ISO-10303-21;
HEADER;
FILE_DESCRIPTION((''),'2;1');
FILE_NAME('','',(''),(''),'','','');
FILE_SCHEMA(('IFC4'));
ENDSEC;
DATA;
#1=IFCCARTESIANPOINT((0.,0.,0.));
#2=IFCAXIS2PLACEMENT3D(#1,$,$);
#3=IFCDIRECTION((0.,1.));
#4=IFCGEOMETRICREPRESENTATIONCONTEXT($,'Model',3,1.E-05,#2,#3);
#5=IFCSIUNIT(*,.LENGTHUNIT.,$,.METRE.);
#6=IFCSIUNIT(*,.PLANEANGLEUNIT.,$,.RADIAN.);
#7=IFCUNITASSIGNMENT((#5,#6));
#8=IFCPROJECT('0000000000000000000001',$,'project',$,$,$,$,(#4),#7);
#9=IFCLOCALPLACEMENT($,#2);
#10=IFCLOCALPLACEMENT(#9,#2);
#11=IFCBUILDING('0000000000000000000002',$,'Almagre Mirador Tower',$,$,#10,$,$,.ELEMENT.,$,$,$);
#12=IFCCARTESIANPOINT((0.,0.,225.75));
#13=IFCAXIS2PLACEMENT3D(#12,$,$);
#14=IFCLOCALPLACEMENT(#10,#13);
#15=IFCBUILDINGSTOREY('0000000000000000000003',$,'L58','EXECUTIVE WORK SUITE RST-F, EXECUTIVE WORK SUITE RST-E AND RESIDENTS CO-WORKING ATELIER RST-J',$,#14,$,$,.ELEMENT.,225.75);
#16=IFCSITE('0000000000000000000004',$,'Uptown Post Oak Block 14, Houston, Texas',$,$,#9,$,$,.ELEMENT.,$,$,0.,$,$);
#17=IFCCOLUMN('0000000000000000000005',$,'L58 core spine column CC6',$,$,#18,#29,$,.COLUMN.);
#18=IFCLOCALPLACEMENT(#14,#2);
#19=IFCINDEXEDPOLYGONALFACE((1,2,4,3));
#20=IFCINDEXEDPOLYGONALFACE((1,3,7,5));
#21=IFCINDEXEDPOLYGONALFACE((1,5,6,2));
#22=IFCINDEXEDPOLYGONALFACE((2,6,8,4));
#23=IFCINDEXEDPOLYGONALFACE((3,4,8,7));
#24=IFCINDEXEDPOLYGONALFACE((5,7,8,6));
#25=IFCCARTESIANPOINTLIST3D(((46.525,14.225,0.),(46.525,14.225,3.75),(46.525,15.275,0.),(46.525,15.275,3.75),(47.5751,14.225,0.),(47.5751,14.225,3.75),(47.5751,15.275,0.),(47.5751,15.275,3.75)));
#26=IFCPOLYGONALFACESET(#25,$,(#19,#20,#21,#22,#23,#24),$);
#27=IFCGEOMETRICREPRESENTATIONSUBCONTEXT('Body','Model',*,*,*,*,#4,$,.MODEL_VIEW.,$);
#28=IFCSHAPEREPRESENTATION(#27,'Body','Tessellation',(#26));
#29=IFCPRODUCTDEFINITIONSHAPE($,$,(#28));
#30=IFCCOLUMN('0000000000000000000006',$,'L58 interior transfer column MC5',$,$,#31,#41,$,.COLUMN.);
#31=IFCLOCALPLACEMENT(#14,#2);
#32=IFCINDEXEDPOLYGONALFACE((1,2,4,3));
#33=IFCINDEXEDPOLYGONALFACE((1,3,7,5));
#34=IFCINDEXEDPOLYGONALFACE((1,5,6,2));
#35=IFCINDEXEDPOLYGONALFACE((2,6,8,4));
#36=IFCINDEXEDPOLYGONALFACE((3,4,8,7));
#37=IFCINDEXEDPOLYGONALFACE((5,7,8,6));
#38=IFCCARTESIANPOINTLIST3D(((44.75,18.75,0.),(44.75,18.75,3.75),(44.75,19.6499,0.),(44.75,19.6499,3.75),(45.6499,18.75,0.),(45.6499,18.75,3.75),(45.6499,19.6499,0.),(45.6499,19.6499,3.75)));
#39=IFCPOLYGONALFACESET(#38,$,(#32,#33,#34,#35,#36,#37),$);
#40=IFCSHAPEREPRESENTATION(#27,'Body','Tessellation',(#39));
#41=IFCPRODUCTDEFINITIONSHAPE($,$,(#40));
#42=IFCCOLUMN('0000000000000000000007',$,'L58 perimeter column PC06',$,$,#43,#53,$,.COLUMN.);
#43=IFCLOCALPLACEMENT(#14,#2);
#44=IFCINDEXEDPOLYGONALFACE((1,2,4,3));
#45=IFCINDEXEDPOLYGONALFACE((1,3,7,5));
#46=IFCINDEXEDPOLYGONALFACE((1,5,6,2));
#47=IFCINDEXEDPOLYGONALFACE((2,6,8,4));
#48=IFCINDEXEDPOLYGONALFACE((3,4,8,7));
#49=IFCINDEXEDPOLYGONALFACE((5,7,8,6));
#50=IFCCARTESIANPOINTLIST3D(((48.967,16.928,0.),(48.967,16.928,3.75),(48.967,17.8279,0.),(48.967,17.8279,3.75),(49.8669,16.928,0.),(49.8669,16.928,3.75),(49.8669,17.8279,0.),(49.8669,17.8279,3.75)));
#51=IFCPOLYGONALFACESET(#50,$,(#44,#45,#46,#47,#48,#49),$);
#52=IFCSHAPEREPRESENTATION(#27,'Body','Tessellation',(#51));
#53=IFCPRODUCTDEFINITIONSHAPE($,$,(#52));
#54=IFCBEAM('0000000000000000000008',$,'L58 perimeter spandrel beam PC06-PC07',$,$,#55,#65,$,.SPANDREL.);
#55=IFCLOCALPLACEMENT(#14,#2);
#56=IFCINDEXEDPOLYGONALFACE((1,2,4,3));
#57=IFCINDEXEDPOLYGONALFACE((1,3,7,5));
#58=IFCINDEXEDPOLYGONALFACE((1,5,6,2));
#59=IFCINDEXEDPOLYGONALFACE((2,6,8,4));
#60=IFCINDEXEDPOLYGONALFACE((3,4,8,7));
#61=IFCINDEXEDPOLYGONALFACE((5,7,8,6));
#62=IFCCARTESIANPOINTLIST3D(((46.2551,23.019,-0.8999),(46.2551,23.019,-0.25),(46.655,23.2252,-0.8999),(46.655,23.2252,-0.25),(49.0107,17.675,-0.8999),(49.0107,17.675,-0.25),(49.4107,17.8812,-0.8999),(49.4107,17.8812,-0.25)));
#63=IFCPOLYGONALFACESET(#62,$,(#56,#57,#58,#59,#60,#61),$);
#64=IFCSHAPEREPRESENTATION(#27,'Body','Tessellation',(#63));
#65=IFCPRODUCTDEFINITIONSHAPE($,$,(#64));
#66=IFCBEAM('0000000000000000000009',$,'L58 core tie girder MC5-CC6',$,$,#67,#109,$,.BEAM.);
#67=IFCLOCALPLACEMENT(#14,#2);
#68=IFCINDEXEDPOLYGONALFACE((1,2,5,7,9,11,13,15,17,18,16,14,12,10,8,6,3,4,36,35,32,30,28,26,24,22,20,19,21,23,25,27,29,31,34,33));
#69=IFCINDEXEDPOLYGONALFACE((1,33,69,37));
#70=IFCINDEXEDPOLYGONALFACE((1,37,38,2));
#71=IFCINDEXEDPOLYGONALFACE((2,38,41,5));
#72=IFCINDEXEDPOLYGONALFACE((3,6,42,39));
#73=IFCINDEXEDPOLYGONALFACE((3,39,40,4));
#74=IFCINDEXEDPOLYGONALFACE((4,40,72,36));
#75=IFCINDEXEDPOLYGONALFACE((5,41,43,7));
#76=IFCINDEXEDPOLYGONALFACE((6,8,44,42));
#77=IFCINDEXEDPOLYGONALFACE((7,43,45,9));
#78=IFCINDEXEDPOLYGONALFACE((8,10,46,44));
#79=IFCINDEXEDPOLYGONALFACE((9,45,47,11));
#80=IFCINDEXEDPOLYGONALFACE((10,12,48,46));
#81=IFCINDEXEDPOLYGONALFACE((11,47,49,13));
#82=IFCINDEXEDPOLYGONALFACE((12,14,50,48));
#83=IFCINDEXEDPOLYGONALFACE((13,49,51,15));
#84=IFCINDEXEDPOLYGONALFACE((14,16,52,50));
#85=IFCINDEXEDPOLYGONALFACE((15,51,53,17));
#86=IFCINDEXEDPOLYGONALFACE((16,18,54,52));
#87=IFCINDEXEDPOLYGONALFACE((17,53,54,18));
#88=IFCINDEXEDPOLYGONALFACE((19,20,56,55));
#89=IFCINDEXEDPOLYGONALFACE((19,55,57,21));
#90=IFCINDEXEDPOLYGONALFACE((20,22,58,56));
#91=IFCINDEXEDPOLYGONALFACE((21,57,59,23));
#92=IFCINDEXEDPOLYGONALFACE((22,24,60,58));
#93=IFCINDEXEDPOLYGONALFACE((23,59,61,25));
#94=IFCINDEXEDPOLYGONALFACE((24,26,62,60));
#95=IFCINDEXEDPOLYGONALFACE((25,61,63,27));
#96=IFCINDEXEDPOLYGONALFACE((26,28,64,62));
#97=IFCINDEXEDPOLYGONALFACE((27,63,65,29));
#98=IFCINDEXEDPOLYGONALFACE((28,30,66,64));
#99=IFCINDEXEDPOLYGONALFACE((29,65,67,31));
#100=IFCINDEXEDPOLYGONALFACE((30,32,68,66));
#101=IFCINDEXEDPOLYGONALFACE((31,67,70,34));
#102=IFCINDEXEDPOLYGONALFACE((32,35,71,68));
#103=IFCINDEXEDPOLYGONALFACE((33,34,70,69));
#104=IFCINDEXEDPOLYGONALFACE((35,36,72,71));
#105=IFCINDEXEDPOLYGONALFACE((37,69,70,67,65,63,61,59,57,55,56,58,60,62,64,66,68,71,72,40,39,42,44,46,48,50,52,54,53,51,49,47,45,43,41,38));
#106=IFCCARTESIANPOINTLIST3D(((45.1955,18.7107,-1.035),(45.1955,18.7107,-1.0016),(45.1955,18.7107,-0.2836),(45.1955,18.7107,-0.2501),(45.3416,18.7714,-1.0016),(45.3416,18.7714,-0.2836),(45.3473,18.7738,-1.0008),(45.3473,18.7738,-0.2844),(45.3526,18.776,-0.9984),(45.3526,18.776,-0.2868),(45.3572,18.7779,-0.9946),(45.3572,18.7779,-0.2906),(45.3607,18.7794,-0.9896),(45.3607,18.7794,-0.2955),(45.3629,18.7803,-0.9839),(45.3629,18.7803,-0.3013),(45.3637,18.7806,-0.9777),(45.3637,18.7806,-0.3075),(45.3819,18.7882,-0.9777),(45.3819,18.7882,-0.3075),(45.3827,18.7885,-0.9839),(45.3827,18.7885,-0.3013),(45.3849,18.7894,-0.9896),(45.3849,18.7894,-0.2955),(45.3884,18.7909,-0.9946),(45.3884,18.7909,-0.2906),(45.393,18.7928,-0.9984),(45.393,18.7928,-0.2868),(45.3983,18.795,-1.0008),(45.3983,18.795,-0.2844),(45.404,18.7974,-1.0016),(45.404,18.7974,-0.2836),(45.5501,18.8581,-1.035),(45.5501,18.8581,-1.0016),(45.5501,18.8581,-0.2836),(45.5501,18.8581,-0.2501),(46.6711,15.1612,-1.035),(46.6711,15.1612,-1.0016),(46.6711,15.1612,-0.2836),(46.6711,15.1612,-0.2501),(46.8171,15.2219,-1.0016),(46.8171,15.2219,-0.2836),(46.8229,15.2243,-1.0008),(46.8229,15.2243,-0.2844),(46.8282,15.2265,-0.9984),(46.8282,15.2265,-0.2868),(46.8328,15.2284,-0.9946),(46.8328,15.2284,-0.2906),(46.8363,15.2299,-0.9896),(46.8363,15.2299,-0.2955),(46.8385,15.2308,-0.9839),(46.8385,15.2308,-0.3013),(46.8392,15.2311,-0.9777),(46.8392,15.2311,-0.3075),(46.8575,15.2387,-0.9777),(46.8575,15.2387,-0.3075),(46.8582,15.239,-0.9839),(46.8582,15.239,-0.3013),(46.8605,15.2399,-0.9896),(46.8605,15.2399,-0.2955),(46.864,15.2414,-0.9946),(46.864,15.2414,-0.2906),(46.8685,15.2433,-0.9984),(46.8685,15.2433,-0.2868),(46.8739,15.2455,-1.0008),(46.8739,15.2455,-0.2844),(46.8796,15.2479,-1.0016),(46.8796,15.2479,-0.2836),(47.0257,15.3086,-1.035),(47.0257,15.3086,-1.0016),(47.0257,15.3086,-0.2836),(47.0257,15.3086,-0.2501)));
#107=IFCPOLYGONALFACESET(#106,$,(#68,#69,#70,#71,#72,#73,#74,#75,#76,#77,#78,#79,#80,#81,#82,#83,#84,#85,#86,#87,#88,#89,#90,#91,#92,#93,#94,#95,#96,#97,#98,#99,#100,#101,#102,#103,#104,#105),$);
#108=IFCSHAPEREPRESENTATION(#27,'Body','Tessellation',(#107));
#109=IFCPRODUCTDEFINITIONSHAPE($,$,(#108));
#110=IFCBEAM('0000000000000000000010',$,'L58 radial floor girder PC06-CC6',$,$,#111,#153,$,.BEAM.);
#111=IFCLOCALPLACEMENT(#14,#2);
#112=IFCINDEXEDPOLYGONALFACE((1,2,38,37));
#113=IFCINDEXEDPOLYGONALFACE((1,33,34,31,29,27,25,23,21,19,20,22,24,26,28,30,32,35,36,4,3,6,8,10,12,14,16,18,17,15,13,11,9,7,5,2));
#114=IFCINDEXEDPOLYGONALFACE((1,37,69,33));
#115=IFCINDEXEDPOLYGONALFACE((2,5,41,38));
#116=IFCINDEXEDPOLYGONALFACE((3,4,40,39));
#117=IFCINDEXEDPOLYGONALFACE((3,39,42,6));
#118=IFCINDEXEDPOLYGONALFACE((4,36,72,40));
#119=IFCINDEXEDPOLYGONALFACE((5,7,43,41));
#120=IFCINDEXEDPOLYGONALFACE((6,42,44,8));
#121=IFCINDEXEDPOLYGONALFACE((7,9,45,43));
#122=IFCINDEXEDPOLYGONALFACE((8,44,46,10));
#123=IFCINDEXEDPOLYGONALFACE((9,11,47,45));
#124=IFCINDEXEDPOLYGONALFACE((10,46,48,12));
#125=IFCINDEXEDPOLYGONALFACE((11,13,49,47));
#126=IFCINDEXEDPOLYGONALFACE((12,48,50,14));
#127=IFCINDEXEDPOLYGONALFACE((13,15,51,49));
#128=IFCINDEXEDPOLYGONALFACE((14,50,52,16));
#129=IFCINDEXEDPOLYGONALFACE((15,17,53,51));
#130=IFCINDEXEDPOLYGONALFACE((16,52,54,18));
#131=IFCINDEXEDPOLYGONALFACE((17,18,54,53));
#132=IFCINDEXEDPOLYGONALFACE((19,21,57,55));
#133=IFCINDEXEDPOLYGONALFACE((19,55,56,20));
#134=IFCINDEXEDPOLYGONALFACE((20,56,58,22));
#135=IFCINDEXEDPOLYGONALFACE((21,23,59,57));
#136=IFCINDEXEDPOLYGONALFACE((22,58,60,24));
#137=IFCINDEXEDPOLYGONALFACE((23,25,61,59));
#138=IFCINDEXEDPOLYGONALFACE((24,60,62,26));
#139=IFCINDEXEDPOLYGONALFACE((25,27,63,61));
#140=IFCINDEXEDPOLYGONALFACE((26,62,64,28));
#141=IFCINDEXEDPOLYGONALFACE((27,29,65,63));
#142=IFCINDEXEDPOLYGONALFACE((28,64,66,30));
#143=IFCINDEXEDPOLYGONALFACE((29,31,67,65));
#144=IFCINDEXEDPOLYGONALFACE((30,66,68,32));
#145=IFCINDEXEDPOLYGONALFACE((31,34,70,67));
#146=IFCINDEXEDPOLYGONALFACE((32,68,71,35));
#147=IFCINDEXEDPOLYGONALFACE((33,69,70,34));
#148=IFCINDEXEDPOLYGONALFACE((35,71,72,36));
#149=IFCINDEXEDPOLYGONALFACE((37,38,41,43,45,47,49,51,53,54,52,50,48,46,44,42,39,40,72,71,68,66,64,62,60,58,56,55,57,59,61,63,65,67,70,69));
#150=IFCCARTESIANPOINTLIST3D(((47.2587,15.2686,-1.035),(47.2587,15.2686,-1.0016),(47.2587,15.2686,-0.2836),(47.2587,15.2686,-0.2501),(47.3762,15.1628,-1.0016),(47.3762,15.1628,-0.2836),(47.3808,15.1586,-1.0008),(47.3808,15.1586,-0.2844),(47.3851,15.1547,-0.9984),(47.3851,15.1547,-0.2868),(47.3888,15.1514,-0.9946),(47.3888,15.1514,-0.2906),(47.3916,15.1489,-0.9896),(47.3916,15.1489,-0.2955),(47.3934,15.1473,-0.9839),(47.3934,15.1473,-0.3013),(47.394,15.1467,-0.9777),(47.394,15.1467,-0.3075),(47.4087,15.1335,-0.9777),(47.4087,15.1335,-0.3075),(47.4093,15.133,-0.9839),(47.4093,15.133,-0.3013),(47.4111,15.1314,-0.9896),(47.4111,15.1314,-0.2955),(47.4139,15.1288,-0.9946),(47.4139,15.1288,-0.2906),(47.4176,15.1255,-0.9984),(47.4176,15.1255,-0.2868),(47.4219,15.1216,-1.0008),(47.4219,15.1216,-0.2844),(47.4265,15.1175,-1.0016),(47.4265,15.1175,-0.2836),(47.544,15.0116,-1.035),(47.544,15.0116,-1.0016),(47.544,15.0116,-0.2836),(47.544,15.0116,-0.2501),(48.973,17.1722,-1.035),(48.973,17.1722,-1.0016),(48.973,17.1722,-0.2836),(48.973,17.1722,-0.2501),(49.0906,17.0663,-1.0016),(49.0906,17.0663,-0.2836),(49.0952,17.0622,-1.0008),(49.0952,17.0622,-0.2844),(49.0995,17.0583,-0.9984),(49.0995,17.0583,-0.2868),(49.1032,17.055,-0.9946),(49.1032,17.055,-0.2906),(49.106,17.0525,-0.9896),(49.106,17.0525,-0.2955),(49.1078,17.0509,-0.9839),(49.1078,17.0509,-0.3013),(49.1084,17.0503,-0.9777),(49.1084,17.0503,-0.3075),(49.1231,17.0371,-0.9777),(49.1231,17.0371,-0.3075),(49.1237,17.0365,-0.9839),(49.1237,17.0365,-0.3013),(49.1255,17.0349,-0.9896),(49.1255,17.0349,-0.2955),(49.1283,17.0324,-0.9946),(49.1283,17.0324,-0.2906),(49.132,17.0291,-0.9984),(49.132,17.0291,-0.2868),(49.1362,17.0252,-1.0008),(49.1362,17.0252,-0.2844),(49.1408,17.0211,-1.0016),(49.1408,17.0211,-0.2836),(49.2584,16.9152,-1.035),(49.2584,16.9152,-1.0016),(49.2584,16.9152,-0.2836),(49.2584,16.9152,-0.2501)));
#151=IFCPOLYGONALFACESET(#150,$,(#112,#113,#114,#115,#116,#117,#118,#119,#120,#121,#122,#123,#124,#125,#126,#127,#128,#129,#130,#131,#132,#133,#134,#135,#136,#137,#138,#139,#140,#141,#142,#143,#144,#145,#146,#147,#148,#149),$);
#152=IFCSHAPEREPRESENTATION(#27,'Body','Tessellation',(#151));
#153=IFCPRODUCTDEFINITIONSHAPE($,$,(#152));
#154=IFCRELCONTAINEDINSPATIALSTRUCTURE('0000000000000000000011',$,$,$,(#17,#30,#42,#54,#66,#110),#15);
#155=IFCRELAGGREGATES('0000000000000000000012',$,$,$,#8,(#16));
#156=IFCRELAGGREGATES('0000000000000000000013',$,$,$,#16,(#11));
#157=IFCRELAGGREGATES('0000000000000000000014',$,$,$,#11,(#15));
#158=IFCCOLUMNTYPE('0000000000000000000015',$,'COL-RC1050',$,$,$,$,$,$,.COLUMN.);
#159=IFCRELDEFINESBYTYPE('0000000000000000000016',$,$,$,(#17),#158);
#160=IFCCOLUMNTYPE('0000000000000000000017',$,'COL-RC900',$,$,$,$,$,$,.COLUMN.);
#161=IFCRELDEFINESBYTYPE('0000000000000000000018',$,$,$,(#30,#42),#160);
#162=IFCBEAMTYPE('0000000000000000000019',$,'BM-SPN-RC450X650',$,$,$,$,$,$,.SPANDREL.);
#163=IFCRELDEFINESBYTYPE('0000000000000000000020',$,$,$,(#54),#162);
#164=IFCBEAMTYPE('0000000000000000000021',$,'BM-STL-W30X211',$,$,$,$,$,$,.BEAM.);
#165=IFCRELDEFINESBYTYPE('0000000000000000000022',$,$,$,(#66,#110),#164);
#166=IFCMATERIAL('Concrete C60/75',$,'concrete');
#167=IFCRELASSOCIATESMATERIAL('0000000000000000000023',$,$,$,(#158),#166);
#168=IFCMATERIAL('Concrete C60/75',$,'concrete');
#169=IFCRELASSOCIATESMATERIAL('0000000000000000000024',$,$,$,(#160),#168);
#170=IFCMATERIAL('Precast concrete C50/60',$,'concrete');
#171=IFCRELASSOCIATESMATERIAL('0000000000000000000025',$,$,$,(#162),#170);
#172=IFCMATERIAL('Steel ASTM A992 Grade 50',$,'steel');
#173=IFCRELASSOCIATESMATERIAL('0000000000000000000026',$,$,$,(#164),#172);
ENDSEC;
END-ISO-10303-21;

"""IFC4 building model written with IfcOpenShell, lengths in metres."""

from ifc_helpers import new_model, si_unit, direction, frame, origin, origin_2d, place, context, subcontext, project, spatial, rectangle, i_section, extrude, material, material_profile, profile_set, type_object, element, save


model = new_model("IFC4")

# Units and contexts
model_context = context("Model", 3, precision=1e-05, world=origin(), true_north=direction((0.0, 1.0)))
body_context = subcontext(model_context, "Body", "Model", "MODEL_VIEW")
ifc_project = project(units=[si_unit("LENGTHUNIT", "METRE"), si_unit("PLANEANGLEUNIT", "RADIAN")], contexts=[model_context])

# Site, building, storey
site_placement = place(None, origin())
site = spatial("IfcSite", under=ifc_project, at=site_placement, Name="Uptown Post Oak Block 14, Houston, Texas", CompositionType="ELEMENT", RefElevation=0.0)
building_placement = place(site_placement, origin())
building = spatial("IfcBuilding", under=site, at=building_placement, Name="Almagre Mirador Tower", CompositionType="ELEMENT")
storey_placement = place(building_placement, frame((0.0, 0.0, 225.75)))
storey = spatial("IfcBuildingStorey", under=building, at=storey_placement, Name="L58", Description="EXECUTIVE WORK SUITE RST-F, EXECUTIVE WORK SUITE RST-E AND RESIDENTS CO-WORKING ATELIER RST-J", CompositionType="ELEMENT", Elevation=225.75)

# Columns
ifc_material_1 = material(Name="Concrete C60/75", Category="concrete")
ifc_material_profile_1 = material_profile(ifc_material_1, rectangle(XDim=1.05, YDim=1.05, at=origin_2d()), Name="RC1050X1050")
ifc_profile_set_1 = profile_set([ifc_material_profile_1], Name="Concrete C60/75")
column_type_1 = type_object("IfcColumnType", Name="COL-RC1050", PredefinedType="COLUMN", material=ifc_profile_set_1)
column_placement = place(storey_placement, frame((47.05, 14.75, 0.0), z_axis=(0.0, 0.0, 1.0), x_axis=(1.0, 0.0, 0.0)))
element("IfcColumn", 1, at=column_placement, inside=storey, type_object=column_type_1, Name="L58 core spine column CC6", PredefinedType="COLUMN", context=body_context, shape_type="SweptSolid", body=[
    extrude(rectangle(XDim=1.05, YDim=1.05, at=origin_2d()), origin(), (0.0, 0.0, 1.0), 3.75),
])
ifc_material_2 = material(Name="Concrete C60/75", Category="concrete")
ifc_material_profile_2 = material_profile(ifc_material_2, rectangle(XDim=0.8999, YDim=0.8999, at=origin_2d()), Name="RC900X900")
ifc_profile_set_2 = profile_set([ifc_material_profile_2], Name="Concrete C60/75")
column_type_2 = type_object("IfcColumnType", Name="COL-RC900", PredefinedType="COLUMN", material=ifc_profile_set_2)
for number, where, z_axis, x_axis, name in (
    (2, (45.2, 19.2, 0.0), (0.0, 0.0, 1.0), (1.0, 0.0, 0.0), "L58 interior transfer column MC5"),
    (3, (49.417, 17.3779, 0.0), (0.0, 0.0, 1.0), (1.0, 0.0, 0.0), "L58 perimeter column PC06"),
):
    element("IfcColumn", number, at=place(storey_placement, frame(where, z_axis=z_axis, x_axis=x_axis)), inside=storey, type_object=column_type_2, Name=name, PredefinedType="COLUMN", context=body_context, shape_type="SweptSolid", body=[
        extrude(rectangle(XDim=0.8999, YDim=0.8999, at=origin_2d()), origin(), (0.0, 0.0, 1.0), 3.75),
    ])

# Beams
ifc_material_3 = material(Name="Precast concrete C50/60", Category="concrete")
ifc_material_profile_3 = material_profile(ifc_material_3, rectangle(XDim=0.45, YDim=0.6499, at=origin_2d()), Name="RC450X650")
ifc_profile_set_3 = profile_set([ifc_material_profile_3], Name="Precast concrete C50/60")
beam_type_1 = type_object("IfcBeamType", Name="BM-SPN-RC450X650", PredefinedType="SPANDREL", material=ifc_profile_set_3)
beam_1_placement = place(storey_placement, frame((49.2107, 17.7781, -0.575), z_axis=(-0.458305, 0.888795, 0.0), x_axis=(-0.888795, -0.458305, 0.0)))
element("IfcBeam", 4, at=beam_1_placement, inside=storey, type_object=beam_type_1, Name="L58 perimeter spandrel beam PC06-PC07", PredefinedType="SPANDREL", context=body_context, shape_type="SweptSolid", body=[
    extrude(rectangle(XDim=0.45, YDim=0.6499, at=origin_2d()), origin(), (0.0, 0.0, 1.0), 6.0127),
])
ifc_material_4 = material(Name="Steel ASTM A992 Grade 50", Category="steel")
ifc_material_profile_4 = material_profile(ifc_material_4, i_section(OverallWidth=0.384, OverallDepth=0.7849, WebThickness=0.0198, FlangeThickness=0.0334, FilletRadius=0.0239, at=origin_2d()), Name="W30X211")
ifc_profile_set_4 = profile_set([ifc_material_profile_4], Name="Steel ASTM A992 Grade 50")
beam_type_2 = type_object("IfcBeamType", Name="BM-STL-W30X211", PredefinedType="BEAM", material=ifc_profile_set_4)
beam_2_placement = place(storey_placement, frame((45.3728, 18.7844, -0.6426), z_axis=(0.383862, -0.92339, 0.0), x_axis=(0.92339, 0.383862, 0.0)))
element("IfcBeam", 5, at=beam_2_placement, inside=storey, type_object=beam_type_2, Name="L58 core tie girder MC5-CC6", PredefinedType="BEAM", context=body_context, shape_type="SweptSolid", body=[
    extrude(i_section(OverallWidth=0.384, OverallDepth=0.7849, WebThickness=0.0198, FlangeThickness=0.0334, FilletRadius=0.0239, at=origin_2d()), origin(), (0.0, 0.0, 1.0), 3.844),
])
beam_3_placement = place(storey_placement, frame((49.1157, 17.0437, -0.6426), z_axis=(-0.669212, -0.743071, 0.0), x_axis=(0.743071, -0.669212, 0.0)))
element("IfcBeam", 6, at=beam_3_placement, inside=storey, type_object=beam_type_2, Name="L58 radial floor girder PC06-CC6", PredefinedType="BEAM", context=body_context, shape_type="SweptSolid", body=[
    extrude(i_section(OverallWidth=0.384, OverallDepth=0.7849, WebThickness=0.0198, FlangeThickness=0.0334, FilletRadius=0.0239, at=origin_2d()), origin(), (0.0, 0.0, 1.0), 2.5618),
])

save(model, "model.ifc")
